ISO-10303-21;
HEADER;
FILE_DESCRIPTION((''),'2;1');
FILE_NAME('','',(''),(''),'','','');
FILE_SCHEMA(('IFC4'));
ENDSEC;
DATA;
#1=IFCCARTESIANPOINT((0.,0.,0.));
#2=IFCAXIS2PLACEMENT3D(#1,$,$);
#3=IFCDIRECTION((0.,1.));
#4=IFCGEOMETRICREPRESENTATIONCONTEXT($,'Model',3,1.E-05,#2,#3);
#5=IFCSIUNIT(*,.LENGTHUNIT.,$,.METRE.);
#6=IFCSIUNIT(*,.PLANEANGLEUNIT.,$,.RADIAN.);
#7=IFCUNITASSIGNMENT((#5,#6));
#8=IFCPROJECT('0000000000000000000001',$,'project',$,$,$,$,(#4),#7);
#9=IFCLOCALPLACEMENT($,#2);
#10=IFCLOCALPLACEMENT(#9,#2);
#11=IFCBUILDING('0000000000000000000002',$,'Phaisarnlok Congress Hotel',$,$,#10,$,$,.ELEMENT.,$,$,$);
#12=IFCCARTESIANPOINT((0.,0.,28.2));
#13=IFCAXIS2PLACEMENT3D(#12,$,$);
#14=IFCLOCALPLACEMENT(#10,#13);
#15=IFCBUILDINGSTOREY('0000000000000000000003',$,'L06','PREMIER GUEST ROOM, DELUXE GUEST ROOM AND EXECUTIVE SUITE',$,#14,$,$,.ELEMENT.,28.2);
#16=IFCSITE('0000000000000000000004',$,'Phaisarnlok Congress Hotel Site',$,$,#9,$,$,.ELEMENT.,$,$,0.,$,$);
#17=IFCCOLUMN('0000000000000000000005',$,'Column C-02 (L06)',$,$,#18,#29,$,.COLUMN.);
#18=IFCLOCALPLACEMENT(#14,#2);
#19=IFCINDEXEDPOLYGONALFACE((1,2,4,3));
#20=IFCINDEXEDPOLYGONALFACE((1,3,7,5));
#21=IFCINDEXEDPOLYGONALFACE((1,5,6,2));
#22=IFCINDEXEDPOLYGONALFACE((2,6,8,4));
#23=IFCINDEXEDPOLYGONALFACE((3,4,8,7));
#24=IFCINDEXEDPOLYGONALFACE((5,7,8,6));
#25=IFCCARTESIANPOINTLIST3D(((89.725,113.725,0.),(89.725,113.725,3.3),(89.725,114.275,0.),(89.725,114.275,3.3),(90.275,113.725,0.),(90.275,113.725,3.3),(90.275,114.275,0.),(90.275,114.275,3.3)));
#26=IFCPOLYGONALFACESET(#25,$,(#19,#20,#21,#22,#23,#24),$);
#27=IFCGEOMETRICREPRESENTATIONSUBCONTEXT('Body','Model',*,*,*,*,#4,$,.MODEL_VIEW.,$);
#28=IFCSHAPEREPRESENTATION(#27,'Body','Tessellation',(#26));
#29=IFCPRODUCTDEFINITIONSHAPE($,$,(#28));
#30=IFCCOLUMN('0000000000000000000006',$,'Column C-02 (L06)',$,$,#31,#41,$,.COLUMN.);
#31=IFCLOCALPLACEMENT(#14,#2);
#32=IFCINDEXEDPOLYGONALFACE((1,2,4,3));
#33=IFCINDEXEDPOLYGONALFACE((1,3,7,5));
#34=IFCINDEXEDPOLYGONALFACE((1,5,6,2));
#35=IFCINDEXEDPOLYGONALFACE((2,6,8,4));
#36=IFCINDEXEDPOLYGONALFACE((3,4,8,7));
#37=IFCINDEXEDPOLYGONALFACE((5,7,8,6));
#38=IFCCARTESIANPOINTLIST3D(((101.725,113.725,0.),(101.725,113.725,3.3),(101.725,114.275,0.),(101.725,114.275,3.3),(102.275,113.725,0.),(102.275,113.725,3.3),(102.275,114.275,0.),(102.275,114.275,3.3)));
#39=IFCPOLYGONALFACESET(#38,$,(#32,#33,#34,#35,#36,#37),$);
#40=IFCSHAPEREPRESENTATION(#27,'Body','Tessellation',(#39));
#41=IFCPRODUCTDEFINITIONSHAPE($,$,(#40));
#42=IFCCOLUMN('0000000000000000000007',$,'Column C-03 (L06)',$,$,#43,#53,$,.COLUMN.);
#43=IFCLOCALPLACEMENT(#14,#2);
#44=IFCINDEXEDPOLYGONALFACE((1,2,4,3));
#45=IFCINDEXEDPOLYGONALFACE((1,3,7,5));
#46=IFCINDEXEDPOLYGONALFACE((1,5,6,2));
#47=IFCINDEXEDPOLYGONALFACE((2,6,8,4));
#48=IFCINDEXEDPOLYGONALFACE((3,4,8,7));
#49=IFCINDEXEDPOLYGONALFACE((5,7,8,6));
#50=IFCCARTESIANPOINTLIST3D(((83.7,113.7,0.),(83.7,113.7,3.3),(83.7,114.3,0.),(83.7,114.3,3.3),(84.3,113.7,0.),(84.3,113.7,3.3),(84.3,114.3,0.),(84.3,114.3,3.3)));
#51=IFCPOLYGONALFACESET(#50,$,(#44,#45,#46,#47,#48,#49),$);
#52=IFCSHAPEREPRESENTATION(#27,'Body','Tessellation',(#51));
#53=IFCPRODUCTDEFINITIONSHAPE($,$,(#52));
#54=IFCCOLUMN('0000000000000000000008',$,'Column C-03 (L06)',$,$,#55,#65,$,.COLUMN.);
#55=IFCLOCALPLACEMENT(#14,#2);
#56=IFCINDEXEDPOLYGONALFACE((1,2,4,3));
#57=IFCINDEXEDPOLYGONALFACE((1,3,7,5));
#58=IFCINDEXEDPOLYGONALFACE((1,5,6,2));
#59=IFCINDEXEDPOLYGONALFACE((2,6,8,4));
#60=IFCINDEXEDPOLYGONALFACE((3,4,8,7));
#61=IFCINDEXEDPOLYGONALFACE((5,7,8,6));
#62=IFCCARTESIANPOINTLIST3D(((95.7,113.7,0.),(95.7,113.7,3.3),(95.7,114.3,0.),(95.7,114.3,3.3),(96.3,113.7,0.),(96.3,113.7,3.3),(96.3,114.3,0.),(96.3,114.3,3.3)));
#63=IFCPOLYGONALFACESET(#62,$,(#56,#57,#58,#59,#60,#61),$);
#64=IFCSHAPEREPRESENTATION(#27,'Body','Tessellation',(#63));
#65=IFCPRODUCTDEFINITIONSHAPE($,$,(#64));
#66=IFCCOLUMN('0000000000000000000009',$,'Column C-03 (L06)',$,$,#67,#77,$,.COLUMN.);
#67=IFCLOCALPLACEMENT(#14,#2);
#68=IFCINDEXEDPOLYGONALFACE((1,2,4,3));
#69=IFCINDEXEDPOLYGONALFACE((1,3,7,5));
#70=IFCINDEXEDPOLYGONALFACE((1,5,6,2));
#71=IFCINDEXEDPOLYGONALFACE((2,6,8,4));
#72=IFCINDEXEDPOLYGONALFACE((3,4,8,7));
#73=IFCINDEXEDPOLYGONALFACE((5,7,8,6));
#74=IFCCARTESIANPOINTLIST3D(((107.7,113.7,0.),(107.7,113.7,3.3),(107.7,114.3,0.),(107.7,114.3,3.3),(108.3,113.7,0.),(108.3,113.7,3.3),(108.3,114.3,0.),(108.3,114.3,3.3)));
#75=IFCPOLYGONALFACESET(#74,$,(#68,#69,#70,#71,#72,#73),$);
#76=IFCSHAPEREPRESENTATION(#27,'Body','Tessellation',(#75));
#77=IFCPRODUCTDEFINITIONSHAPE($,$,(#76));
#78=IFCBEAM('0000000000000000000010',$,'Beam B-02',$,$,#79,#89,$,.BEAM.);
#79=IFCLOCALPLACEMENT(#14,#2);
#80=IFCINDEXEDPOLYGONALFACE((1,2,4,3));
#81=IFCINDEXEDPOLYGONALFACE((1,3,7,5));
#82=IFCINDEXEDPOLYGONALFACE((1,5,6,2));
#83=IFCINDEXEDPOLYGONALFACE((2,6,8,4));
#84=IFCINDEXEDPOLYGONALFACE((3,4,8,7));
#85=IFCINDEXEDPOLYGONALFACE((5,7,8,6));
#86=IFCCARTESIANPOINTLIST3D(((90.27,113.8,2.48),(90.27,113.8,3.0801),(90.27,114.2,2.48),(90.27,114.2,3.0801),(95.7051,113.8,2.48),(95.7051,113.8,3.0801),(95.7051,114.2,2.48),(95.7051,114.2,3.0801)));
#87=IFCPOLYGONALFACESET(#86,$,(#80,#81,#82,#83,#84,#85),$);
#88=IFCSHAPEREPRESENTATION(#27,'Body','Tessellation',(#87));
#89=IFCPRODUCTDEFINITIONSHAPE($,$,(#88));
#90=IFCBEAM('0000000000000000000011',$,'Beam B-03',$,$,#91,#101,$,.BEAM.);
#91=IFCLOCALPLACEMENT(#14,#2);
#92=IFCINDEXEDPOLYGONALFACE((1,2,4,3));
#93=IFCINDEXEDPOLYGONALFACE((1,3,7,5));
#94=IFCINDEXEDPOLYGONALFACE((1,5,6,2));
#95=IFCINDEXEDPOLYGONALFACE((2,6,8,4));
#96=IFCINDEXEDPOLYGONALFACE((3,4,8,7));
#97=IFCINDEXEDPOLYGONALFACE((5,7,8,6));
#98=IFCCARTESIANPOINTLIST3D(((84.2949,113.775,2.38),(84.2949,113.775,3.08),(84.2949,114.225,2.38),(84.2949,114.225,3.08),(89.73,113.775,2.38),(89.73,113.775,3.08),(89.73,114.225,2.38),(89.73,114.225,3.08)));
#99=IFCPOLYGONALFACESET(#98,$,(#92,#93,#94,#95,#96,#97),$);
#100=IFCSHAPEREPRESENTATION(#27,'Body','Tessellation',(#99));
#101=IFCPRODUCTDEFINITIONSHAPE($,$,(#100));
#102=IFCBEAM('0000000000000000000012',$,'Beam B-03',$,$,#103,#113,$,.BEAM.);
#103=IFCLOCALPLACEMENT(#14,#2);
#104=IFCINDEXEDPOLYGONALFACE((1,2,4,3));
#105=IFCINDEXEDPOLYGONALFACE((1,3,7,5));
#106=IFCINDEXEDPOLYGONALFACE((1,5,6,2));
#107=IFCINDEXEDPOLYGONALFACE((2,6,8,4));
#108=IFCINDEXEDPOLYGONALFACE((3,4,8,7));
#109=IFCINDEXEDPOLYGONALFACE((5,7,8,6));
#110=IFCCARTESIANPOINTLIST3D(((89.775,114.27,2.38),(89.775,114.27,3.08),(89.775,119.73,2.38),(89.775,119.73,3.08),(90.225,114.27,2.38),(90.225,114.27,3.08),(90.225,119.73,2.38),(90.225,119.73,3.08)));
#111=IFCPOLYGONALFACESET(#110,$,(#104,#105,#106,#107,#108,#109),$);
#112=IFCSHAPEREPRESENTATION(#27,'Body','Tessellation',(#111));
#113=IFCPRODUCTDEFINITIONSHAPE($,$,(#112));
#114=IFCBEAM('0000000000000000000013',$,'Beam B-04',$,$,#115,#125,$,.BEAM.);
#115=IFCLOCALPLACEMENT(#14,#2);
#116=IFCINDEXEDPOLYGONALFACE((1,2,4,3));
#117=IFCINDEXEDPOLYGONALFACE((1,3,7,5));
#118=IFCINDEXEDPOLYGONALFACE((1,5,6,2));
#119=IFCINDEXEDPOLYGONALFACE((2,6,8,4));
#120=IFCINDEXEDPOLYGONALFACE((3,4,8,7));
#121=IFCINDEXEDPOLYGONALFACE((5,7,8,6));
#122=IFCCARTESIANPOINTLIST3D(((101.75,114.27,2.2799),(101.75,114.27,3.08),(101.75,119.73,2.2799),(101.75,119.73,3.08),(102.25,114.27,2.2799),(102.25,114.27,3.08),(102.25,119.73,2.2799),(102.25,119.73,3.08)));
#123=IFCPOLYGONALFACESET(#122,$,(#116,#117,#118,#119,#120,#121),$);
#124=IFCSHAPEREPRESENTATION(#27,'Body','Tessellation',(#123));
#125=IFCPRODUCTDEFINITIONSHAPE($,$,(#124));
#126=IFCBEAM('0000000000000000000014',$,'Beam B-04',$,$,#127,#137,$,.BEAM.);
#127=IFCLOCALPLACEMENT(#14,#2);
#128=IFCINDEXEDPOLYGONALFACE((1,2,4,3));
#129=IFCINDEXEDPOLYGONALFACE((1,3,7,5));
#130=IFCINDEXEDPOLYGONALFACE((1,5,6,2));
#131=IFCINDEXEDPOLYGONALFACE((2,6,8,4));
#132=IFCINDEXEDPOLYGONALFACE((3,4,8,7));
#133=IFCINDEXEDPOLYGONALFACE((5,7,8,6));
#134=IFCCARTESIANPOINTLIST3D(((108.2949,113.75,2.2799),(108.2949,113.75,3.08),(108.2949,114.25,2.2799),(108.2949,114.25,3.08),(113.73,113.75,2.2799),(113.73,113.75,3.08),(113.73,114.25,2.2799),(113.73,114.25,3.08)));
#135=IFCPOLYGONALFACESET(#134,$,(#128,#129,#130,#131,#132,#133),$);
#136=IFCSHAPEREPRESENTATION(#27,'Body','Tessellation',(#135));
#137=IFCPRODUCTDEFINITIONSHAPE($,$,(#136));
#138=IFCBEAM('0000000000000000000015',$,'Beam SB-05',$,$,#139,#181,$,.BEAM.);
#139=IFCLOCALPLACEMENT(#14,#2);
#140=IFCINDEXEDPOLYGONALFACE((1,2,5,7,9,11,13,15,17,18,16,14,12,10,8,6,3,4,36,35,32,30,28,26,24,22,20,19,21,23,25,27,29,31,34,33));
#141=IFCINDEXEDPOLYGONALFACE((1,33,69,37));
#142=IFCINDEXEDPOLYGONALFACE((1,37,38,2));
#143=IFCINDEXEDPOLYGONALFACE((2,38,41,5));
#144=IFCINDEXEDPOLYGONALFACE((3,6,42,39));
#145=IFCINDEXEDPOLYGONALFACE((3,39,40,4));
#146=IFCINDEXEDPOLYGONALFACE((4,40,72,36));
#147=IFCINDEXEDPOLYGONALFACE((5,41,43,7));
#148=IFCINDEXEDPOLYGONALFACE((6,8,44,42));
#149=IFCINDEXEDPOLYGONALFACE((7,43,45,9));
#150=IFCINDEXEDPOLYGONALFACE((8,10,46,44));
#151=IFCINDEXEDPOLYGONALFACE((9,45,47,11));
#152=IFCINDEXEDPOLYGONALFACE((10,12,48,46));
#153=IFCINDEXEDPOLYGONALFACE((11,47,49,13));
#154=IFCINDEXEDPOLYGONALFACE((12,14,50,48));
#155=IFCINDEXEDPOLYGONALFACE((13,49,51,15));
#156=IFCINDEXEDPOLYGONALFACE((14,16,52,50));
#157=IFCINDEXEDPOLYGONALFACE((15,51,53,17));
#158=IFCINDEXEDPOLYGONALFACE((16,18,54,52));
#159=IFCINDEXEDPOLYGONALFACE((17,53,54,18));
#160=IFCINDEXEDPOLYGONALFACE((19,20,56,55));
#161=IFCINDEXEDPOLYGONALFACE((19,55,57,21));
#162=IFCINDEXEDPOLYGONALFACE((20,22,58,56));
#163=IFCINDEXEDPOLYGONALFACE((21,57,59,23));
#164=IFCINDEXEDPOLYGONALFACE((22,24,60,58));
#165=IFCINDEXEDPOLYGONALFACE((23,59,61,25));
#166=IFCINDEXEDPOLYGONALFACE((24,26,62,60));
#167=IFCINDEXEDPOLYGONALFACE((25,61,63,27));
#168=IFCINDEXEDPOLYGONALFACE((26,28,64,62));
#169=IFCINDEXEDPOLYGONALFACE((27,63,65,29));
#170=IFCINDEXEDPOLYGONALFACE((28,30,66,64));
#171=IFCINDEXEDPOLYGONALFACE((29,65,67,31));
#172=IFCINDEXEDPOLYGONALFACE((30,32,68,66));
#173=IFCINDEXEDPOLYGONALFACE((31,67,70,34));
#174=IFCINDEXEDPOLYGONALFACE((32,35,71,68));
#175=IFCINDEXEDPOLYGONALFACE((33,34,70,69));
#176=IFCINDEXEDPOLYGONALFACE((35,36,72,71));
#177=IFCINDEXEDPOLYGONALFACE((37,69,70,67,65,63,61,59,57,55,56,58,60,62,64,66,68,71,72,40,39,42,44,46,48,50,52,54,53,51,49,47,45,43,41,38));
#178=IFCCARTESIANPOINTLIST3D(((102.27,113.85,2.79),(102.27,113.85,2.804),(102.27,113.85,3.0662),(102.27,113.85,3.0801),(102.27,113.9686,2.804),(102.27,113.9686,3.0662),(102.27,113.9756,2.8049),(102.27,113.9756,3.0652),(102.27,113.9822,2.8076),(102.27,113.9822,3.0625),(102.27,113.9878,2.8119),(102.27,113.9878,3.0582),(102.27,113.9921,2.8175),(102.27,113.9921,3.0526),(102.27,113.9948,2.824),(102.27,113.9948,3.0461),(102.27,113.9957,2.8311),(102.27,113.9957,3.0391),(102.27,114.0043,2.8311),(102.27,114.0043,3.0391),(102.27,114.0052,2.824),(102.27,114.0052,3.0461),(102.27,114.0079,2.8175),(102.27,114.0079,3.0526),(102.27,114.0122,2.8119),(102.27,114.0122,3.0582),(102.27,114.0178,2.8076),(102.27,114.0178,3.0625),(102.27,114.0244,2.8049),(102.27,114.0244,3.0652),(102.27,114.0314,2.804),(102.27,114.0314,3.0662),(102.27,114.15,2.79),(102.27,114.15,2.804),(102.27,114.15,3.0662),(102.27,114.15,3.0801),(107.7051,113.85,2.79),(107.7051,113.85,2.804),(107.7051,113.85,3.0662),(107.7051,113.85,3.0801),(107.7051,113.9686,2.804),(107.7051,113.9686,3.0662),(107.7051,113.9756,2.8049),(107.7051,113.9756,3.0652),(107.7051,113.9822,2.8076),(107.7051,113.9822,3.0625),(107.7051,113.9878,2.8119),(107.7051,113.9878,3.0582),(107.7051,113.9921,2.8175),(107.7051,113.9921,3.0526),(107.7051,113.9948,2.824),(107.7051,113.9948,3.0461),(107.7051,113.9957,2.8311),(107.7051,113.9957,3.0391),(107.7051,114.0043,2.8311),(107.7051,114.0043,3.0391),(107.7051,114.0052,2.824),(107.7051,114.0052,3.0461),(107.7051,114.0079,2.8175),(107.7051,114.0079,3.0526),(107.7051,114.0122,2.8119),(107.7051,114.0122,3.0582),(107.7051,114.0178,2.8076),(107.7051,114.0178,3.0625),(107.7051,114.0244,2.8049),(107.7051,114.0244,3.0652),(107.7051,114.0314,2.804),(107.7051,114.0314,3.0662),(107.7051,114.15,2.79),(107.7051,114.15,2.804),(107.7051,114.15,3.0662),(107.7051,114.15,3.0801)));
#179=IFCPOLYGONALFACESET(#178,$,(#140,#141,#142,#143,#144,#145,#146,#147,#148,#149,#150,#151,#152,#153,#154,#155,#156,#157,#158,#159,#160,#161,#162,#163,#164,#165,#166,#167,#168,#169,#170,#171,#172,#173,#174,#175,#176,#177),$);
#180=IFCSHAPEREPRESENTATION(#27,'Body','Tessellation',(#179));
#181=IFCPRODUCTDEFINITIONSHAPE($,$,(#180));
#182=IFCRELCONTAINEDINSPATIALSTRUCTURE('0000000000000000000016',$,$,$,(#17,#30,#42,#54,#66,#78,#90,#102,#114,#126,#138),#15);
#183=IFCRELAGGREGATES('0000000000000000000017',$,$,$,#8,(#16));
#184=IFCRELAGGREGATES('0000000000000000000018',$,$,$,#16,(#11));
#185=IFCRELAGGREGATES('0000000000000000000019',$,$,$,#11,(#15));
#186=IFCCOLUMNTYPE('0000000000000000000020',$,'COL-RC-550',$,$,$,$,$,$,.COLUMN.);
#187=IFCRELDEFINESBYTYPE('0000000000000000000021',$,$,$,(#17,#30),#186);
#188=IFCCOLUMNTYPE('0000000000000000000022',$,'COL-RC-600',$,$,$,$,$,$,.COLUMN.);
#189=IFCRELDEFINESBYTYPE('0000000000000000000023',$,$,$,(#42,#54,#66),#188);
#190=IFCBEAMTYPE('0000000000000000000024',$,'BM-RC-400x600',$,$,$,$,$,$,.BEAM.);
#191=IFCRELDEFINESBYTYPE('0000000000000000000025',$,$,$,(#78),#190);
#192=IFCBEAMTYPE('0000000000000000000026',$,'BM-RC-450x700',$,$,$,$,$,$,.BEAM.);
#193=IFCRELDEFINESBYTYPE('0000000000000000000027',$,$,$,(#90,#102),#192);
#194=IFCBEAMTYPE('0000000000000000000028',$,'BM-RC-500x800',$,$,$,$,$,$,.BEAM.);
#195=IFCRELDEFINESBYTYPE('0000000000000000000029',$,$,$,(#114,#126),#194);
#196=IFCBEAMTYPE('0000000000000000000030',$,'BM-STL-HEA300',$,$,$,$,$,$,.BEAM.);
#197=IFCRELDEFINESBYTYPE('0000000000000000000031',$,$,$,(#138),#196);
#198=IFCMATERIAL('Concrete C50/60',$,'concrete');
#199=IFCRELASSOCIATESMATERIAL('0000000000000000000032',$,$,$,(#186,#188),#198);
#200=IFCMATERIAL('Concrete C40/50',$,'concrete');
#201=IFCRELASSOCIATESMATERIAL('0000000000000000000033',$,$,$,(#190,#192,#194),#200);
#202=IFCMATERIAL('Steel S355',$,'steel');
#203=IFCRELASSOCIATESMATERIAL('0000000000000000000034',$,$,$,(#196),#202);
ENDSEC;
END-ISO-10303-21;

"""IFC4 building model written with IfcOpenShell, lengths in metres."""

from ifc_helpers import new_model, si_unit, direction, frame, origin, origin_2d, place, context, subcontext, project, spatial, rectangle, i_section, extrude, material, material_profile, profile_set, type_object, element, save


model = new_model("IFC4")

# Units and contexts
model_context = context("Model", 3, precision=1e-05, world=origin(), true_north=direction((0.0, 1.0)))
body_context = subcontext(model_context, "Body", "Model", "MODEL_VIEW")
ifc_project = project(units=[si_unit("LENGTHUNIT", "METRE"), si_unit("PLANEANGLEUNIT", "RADIAN")], contexts=[model_context])

# Site, building, storey
site_placement = place(None, origin())
site = spatial("IfcSite", under=ifc_project, at=site_placement, Name="Phaisarnlok Congress Hotel Site", CompositionType="ELEMENT", RefElevation=0.0)
building_placement = place(site_placement, origin())
building = spatial("IfcBuilding", under=site, at=building_placement, Name="Phaisarnlok Congress Hotel", CompositionType="ELEMENT")
storey_placement = place(building_placement, frame((0.0, 0.0, 28.2)))
storey = spatial("IfcBuildingStorey", under=building, at=storey_placement, Name="L06", Description="PREMIER GUEST ROOM, DELUXE GUEST ROOM AND EXECUTIVE SUITE", CompositionType="ELEMENT", Elevation=28.2)

# Columns
ifc_material_1 = material(Name="Concrete C50/60", Category="concrete")
ifc_material_profile_1 = material_profile(ifc_material_1, rectangle(XDim=0.55, YDim=0.55, at=origin_2d()), Name="RC 550x550")
ifc_profile_set_1 = profile_set([ifc_material_profile_1], Name="Concrete C50/60")
column_type_1 = type_object("IfcColumnType", Name="COL-RC-550", PredefinedType="COLUMN", material=ifc_profile_set_1)
for number, where, z_axis, x_axis, name in (
    (1, (90.0, 114.0, 0.0), (0.0, 0.0, 1.0), (1.0, 0.0, 0.0), "Column C-02 (L06)"),
    (2, (102.0, 114.0, 0.0), (0.0, 0.0, 1.0), (1.0, 0.0, 0.0), "Column C-02 (L06)"),
):
    element("IfcColumn", number, at=place(storey_placement, frame(where, z_axis=z_axis, x_axis=x_axis)), inside=storey, type_object=column_type_1, Name=name, PredefinedType="COLUMN", context=body_context, shape_type="SweptSolid", body=[
        extrude(rectangle(XDim=0.55, YDim=0.55, at=origin_2d()), origin(), (0.0, 0.0, 1.0), 3.3),
    ])
ifc_material_profile_2 = material_profile(ifc_material_1, rectangle(XDim=0.6001, YDim=0.6001, at=origin_2d()), Name="RC 600x600")
ifc_profile_set_2 = profile_set([ifc_material_profile_2], Name="Concrete C50/60")
column_type_2 = type_object("IfcColumnType", Name="COL-RC-600", PredefinedType="COLUMN", material=ifc_profile_set_2)
for number, where, z_axis, x_axis, name in (
    (3, (84.0, 114.0, 0.0), (0.0, 0.0, 1.0), (1.0, 0.0, 0.0), "Column C-03 (L06)"),
    (4, (96.0, 114.0, 0.0), (0.0, 0.0, 1.0), (1.0, 0.0, 0.0), "Column C-03 (L06)"),
    (5, (108.0, 114.0, 0.0), (0.0, 0.0, 1.0), (1.0, 0.0, 0.0), "Column C-03 (L06)"),
):
    element("IfcColumn", number, at=place(storey_placement, frame(where, z_axis=z_axis, x_axis=x_axis)), inside=storey, type_object=column_type_2, Name=name, PredefinedType="COLUMN", context=body_context, shape_type="SweptSolid", body=[
        extrude(rectangle(XDim=0.6001, YDim=0.6001, at=origin_2d()), origin(), (0.0, 0.0, 1.0), 3.3),
    ])

# Beams
ifc_material_2 = material(Name="Concrete C40/50", Category="concrete")
ifc_material_profile_3 = material_profile(ifc_material_2, rectangle(XDim=0.3999, YDim=0.6001, at=origin_2d()), Name="RC 400x600")
ifc_profile_set_3 = profile_set([ifc_material_profile_3], Name="Concrete C40/50")
beam_type_1 = type_object("IfcBeamType", Name="BM-RC-400x600", PredefinedType="BEAM", material=ifc_profile_set_3)
beam_1_placement = place(storey_placement, frame((90.27, 114.0, 2.78), z_axis=(1.0, 0.0, 0.0), x_axis=(0.0, 1.0, 0.0)))
element("IfcBeam", 6, at=beam_1_placement, inside=storey, type_object=beam_type_1, Name="Beam B-02", PredefinedType="BEAM", context=body_context, shape_type="SweptSolid", body=[
    extrude(rectangle(XDim=0.3999, YDim=0.6001, at=origin_2d()), origin(), (0.0, 0.0, 1.0), 5.4351),
])
ifc_material_profile_4 = material_profile(ifc_material_2, rectangle(XDim=0.45, YDim=0.7, at=origin_2d()), Name="RC 450x700")
ifc_profile_set_4 = profile_set([ifc_material_profile_4], Name="Concrete C40/50")
beam_type_2 = type_object("IfcBeamType", Name="BM-RC-450x700", PredefinedType="BEAM", material=ifc_profile_set_4)
beam_2_placement = place(storey_placement, frame((84.2949, 114.0, 2.73), z_axis=(1.0, 0.0, 0.0), x_axis=(0.0, 1.0, 0.0)))
element("IfcBeam", 7, at=beam_2_placement, inside=storey, type_object=beam_type_2, Name="Beam B-03", PredefinedType="BEAM", context=body_context, shape_type="SweptSolid", body=[
    extrude(rectangle(XDim=0.45, YDim=0.7, at=origin_2d()), origin(), (0.0, 0.0, 1.0), 5.4351),
])
beam_3_placement = place(storey_placement, frame((90.0, 114.27, 2.73), z_axis=(0.0, 1.0, 0.0), x_axis=(-1.0, 0.0, 0.0)))
element("IfcBeam", 8, at=beam_3_placement, inside=storey, type_object=beam_type_2, Name="Beam B-03", PredefinedType="BEAM", context=body_context, shape_type="SweptSolid", body=[
    extrude(rectangle(XDim=0.45, YDim=0.7, at=origin_2d()), origin(), (0.0, 0.0, 1.0), 5.46),
])
ifc_material_profile_5 = material_profile(ifc_material_2, rectangle(XDim=0.5, YDim=0.8, at=origin_2d()), Name="RC 500x800")
ifc_profile_set_5 = profile_set([ifc_material_profile_5], Name="Concrete C40/50")
beam_type_3 = type_object("IfcBeamType", Name="BM-RC-500x800", PredefinedType="BEAM", material=ifc_profile_set_5)
beam_4_placement = place(storey_placement, frame((102.0, 114.27, 2.6799), z_axis=(0.0, 1.0, 0.0), x_axis=(-1.0, 0.0, 0.0)))
element("IfcBeam", 9, at=beam_4_placement, inside=storey, type_object=beam_type_3, Name="Beam B-04", PredefinedType="BEAM", context=body_context, shape_type="SweptSolid", body=[
    extrude(rectangle(XDim=0.5, YDim=0.8, at=origin_2d()), origin(), (0.0, 0.0, 1.0), 5.46),
])
beam_5_placement = place(storey_placement, frame((108.2949, 114.0, 2.6799), z_axis=(1.0, 0.0, 0.0), x_axis=(0.0, 1.0, 0.0)))
element("IfcBeam", 10, at=beam_5_placement, inside=storey, type_object=beam_type_3, Name="Beam B-04", PredefinedType="BEAM", context=body_context, shape_type="SweptSolid", body=[
    extrude(rectangle(XDim=0.5, YDim=0.8, at=origin_2d()), origin(), (0.0, 0.0, 1.0), 5.4351),
])
ifc_material_3 = material(Name="Steel S355", Category="steel")
ifc_material_profile_6 = material_profile(ifc_material_3, i_section(OverallWidth=0.3, OverallDepth=0.29, WebThickness=0.0085, FlangeThickness=0.0139, FilletRadius=0.0271, at=origin_2d()), Name="HEA 300")
ifc_profile_set_6 = profile_set([ifc_material_profile_6], Name="Steel S355")
beam_type_4 = type_object("IfcBeamType", Name="BM-STL-HEA300", PredefinedType="BEAM", material=ifc_profile_set_6)
beam_6_placement = place(storey_placement, frame((102.27, 114.0, 2.9351), z_axis=(1.0, 0.0, 0.0), x_axis=(0.0, 1.0, 0.0)))
element("IfcBeam", 11, at=beam_6_placement, inside=storey, type_object=beam_type_4, Name="Beam SB-05", PredefinedType="BEAM", context=body_context, shape_type="SweptSolid", body=[
    extrude(i_section(OverallWidth=0.3, OverallDepth=0.29, WebThickness=0.0085, FlangeThickness=0.0139, FilletRadius=0.0271, at=origin_2d()), origin(), (0.0, 0.0, 1.0), 5.4351),
])

save(model, "model.ifc")
